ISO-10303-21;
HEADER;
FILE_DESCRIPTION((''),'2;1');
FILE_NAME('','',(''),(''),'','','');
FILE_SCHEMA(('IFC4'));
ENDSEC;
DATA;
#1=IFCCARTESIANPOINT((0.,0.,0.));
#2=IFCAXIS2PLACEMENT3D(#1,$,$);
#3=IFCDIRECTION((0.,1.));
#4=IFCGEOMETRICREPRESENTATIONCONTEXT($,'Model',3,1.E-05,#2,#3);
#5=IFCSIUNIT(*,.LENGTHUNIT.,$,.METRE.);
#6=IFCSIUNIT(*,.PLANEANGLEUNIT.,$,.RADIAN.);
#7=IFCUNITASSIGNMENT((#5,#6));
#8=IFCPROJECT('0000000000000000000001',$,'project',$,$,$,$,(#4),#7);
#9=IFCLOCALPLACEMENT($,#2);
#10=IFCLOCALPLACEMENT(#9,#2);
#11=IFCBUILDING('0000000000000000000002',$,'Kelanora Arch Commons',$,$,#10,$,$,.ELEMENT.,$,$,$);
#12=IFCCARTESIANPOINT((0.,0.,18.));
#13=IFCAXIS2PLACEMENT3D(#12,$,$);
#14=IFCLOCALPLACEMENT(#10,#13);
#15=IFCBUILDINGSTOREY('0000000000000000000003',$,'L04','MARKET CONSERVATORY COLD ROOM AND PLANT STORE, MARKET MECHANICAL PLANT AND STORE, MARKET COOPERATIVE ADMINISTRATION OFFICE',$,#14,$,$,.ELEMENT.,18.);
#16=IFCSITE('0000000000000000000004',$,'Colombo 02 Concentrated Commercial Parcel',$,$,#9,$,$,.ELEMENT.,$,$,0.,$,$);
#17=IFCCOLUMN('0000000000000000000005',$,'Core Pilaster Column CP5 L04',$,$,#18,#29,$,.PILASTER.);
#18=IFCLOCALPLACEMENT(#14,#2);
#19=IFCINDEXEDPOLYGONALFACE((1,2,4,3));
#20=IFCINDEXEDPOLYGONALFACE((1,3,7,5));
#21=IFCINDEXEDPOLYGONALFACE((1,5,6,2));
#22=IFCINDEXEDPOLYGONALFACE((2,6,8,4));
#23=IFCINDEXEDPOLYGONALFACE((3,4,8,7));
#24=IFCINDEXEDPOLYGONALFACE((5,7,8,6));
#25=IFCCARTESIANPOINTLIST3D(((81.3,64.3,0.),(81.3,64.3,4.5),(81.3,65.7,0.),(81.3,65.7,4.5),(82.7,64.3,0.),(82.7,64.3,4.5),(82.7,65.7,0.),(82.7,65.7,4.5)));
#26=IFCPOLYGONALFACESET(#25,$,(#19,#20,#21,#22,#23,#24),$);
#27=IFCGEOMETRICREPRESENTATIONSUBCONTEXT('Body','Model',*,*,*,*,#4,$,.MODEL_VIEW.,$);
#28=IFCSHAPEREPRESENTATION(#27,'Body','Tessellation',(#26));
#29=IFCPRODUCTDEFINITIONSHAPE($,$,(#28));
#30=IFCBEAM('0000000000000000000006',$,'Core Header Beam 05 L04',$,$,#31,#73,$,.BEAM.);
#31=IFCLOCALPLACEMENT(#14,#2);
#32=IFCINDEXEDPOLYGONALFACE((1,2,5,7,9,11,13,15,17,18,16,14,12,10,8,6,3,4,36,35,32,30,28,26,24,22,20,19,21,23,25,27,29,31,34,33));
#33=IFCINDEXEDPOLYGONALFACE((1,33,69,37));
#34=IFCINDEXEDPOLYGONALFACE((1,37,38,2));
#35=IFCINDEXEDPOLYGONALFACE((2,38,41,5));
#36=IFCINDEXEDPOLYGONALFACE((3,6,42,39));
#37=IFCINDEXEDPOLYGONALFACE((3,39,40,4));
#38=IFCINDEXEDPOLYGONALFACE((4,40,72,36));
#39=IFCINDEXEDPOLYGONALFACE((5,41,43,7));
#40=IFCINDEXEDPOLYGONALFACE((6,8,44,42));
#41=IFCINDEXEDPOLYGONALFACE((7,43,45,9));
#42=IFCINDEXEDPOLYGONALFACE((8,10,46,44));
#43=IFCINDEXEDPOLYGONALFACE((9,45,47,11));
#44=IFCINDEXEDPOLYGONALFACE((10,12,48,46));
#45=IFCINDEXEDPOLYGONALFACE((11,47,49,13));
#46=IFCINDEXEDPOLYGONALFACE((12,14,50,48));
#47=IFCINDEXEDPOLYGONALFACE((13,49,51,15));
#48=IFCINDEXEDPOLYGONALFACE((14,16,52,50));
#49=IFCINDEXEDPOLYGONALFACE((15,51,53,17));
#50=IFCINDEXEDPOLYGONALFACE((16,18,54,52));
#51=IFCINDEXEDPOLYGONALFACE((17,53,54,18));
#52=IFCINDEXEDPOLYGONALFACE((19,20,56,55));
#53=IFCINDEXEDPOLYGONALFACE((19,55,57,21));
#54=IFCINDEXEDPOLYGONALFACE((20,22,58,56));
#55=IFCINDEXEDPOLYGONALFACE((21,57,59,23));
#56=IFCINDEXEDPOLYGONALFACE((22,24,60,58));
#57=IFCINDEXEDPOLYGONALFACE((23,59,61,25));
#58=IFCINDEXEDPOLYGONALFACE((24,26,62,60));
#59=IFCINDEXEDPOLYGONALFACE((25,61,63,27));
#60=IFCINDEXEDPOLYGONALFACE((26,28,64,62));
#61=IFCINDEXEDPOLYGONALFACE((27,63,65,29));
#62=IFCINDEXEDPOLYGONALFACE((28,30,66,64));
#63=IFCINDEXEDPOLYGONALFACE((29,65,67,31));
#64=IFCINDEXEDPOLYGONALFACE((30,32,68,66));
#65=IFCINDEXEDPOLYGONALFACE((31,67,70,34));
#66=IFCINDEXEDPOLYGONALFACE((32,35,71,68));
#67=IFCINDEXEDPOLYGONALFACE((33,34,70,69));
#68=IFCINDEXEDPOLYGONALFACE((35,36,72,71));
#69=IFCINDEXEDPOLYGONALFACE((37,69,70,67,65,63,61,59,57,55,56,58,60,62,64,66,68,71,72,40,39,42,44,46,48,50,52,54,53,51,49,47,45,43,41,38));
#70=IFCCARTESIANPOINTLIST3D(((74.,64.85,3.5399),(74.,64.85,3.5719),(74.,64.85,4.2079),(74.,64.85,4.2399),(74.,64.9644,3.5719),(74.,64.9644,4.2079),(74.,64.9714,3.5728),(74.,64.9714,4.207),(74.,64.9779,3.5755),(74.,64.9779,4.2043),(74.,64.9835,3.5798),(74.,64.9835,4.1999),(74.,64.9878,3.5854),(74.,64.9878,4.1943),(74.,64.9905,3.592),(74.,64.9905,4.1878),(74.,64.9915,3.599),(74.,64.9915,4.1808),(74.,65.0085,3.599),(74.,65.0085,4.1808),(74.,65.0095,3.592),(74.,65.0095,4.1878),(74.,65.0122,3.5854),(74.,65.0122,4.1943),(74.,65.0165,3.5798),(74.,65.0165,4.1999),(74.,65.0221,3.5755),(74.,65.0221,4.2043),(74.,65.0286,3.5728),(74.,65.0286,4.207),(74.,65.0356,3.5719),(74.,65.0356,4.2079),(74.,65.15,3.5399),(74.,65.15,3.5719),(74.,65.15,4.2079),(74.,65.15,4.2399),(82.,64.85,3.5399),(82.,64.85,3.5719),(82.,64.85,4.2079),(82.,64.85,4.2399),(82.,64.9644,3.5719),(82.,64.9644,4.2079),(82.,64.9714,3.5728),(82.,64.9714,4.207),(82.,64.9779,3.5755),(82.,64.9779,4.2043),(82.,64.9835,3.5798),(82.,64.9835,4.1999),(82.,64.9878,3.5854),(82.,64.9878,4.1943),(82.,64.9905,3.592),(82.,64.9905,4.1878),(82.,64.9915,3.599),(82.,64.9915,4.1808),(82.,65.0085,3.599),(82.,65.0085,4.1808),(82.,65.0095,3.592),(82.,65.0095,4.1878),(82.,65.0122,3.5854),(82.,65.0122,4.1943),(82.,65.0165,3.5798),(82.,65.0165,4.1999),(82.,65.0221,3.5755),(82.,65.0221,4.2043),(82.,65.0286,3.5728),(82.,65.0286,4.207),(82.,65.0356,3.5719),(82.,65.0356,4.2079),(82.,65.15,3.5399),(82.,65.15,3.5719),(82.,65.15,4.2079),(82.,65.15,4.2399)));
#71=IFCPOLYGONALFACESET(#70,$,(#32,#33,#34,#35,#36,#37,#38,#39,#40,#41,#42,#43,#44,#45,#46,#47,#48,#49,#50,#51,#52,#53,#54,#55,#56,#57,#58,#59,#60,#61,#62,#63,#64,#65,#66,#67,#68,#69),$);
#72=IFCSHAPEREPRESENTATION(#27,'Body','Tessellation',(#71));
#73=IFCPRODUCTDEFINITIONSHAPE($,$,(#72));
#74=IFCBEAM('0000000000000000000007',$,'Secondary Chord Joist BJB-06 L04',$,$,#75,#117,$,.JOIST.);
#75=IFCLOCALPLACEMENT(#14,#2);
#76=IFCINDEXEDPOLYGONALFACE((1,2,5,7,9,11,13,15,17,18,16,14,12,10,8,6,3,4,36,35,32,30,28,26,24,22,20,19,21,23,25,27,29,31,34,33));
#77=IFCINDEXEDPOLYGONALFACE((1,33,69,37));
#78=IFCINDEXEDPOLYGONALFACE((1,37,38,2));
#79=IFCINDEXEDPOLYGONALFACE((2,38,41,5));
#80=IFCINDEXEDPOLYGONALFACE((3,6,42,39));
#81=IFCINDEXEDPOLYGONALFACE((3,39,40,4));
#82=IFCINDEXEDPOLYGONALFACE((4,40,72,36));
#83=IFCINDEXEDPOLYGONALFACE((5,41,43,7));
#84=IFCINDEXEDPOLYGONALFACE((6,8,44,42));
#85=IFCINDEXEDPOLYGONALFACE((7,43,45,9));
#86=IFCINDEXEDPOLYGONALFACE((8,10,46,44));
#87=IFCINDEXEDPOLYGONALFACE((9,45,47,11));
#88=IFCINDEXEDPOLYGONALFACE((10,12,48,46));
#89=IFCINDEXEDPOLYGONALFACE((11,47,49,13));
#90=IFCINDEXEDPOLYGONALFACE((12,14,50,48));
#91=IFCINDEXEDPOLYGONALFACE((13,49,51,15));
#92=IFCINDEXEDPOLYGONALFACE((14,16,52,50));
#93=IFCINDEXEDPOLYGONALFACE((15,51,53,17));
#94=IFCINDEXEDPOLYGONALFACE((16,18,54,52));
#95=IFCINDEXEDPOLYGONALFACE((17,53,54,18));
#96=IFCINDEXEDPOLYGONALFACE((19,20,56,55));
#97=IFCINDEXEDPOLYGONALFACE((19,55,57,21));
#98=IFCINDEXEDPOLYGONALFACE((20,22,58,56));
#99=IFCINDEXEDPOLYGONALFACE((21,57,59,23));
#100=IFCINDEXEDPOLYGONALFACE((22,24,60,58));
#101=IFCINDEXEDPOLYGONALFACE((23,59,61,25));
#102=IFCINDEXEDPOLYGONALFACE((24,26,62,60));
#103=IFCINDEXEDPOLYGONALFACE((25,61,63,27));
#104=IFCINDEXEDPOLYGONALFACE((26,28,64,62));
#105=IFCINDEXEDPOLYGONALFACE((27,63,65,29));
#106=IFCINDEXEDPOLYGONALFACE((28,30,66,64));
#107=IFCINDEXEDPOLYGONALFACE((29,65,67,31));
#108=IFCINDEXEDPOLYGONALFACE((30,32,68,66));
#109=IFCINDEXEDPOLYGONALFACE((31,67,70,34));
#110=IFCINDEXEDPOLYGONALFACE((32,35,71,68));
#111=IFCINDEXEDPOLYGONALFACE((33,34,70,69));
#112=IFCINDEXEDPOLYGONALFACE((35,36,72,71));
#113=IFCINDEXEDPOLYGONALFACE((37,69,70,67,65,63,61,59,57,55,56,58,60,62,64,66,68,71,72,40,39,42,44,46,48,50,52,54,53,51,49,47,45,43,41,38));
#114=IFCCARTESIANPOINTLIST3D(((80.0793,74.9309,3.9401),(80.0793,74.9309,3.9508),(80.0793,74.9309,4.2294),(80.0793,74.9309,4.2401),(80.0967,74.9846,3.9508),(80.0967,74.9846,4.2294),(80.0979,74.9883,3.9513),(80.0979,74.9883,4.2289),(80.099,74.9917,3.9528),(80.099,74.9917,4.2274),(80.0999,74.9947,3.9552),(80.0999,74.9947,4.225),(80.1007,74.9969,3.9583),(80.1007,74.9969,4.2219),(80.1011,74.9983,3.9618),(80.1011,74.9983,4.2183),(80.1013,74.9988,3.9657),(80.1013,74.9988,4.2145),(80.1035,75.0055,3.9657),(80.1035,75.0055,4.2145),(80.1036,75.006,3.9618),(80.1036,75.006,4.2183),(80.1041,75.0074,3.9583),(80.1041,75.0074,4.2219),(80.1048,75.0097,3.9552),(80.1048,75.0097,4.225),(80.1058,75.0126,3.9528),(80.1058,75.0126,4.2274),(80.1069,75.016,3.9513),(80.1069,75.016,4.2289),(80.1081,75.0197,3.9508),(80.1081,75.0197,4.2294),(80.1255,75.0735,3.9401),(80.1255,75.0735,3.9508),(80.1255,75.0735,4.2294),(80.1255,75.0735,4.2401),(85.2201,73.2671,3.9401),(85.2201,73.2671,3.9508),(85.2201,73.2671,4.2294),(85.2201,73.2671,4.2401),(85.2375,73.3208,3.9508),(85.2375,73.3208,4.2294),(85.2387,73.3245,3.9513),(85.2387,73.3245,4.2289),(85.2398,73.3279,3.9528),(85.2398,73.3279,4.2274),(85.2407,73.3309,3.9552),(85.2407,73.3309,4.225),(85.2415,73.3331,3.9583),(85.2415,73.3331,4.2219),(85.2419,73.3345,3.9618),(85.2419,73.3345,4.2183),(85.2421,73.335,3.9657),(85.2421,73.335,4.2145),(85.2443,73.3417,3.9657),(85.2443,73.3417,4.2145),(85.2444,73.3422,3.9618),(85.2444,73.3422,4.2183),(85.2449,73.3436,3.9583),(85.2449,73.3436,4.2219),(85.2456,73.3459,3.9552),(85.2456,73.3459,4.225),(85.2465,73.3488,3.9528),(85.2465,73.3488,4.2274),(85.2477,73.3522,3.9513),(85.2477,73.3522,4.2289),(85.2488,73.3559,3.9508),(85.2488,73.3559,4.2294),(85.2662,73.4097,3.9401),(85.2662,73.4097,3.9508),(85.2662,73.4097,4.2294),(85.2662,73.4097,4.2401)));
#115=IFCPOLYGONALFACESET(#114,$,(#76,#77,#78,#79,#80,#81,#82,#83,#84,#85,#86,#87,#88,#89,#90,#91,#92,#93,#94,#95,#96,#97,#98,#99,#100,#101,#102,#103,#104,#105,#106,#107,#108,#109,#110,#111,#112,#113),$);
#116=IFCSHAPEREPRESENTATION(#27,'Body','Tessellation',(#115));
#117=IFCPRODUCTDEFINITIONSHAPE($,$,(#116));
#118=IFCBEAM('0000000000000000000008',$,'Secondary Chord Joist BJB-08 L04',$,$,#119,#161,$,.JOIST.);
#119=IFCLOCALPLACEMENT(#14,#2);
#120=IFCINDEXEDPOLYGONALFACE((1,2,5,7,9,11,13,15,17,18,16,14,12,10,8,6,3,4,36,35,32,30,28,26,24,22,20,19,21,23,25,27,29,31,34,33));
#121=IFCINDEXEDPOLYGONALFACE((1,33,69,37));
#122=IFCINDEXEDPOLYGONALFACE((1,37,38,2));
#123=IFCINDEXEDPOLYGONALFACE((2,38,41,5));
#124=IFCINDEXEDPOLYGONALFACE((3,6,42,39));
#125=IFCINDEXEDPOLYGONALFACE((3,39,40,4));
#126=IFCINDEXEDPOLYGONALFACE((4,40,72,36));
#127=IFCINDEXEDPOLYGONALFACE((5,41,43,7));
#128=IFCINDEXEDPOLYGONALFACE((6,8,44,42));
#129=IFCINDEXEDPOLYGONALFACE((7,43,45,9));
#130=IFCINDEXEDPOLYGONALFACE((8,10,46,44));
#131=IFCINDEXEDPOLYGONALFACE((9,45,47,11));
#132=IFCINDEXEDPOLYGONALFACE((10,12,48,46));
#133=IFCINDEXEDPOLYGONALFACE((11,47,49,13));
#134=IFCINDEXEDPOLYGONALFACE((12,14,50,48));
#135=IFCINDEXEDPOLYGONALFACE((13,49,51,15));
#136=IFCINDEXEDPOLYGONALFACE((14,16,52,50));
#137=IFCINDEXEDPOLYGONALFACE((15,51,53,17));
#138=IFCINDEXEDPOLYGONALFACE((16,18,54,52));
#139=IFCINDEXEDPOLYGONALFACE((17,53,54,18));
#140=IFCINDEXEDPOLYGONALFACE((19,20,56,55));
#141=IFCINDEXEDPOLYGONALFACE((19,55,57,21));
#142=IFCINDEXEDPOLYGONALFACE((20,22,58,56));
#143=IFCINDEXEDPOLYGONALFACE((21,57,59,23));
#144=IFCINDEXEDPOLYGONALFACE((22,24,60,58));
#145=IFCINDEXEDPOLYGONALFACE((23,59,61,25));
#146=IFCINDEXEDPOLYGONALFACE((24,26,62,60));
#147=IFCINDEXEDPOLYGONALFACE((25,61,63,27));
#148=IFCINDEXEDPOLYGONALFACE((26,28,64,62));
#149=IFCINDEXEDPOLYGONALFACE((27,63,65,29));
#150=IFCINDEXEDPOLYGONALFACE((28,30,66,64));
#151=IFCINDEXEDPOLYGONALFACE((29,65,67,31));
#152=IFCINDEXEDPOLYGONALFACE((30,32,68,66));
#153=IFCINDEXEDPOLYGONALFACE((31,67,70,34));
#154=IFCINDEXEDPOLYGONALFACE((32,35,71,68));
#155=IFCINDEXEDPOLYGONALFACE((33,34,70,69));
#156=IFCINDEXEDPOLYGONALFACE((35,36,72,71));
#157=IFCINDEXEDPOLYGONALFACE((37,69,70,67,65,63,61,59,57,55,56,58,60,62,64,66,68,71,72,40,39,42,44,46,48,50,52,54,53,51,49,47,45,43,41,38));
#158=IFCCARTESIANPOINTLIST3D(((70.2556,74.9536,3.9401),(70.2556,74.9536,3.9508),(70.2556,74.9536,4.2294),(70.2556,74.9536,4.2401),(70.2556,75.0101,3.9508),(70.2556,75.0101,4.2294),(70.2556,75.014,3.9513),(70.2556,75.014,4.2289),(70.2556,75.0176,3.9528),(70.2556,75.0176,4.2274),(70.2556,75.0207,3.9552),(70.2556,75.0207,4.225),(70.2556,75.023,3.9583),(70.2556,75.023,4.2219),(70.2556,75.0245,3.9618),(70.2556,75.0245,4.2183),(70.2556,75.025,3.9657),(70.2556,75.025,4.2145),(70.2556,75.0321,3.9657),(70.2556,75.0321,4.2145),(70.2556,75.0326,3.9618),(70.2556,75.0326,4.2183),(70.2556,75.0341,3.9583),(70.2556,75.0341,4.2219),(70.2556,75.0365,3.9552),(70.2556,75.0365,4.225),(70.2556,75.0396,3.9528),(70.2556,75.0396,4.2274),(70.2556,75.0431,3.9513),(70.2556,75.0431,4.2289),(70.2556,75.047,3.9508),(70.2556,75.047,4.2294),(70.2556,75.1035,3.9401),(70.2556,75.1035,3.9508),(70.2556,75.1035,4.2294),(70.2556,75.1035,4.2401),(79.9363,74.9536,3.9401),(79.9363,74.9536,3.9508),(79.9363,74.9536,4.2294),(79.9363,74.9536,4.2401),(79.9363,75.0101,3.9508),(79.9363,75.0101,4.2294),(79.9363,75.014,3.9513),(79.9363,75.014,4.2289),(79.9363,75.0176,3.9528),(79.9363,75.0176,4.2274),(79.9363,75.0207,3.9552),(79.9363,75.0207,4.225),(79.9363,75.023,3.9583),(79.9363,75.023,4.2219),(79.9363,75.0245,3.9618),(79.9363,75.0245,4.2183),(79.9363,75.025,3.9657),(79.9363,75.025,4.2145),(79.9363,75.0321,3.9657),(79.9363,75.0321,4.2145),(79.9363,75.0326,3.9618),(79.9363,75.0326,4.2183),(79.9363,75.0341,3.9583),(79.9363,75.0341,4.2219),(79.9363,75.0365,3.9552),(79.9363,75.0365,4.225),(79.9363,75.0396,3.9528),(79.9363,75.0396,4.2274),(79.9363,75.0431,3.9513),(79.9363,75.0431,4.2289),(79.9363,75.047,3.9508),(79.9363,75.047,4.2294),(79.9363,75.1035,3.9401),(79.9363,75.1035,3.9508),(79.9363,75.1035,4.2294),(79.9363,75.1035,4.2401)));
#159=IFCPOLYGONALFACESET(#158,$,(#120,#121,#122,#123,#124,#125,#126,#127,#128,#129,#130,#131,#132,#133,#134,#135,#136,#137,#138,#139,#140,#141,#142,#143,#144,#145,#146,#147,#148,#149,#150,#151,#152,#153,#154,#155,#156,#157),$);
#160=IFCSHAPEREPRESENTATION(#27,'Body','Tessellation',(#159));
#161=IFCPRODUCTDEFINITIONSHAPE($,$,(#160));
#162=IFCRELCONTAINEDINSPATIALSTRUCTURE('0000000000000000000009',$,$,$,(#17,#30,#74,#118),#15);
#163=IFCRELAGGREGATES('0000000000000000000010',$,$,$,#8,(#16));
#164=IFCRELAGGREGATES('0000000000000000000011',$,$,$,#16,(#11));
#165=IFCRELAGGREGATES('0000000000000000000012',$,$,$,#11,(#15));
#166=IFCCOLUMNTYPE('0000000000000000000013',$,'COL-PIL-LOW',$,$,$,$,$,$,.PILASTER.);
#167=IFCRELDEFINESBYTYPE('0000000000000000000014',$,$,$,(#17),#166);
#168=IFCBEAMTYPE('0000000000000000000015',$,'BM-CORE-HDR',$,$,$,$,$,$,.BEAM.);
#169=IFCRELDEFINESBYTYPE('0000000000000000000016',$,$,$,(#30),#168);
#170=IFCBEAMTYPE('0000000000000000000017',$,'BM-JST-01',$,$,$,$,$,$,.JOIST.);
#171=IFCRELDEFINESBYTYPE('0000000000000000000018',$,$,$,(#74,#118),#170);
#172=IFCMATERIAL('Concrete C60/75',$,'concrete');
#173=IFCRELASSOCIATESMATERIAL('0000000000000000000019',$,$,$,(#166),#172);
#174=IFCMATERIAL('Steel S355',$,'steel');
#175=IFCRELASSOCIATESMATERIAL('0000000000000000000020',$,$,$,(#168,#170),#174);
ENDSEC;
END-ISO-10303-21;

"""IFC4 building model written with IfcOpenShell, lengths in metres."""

from ifc_helpers import new_model, si_unit, direction, frame, origin, origin_2d, place, context, subcontext, project, spatial, rectangle, i_section, extrude, material, material_profile, profile_set, type_object, element, save


model = new_model("IFC4")

# Units and contexts
model_context = context("Model", 3, precision=1e-05, world=origin(), true_north=direction((0.0, 1.0)))
body_context = subcontext(model_context, "Body", "Model", "MODEL_VIEW")
ifc_project = project(units=[si_unit("LENGTHUNIT", "METRE"), si_unit("PLANEANGLEUNIT", "RADIAN")], contexts=[model_context])

# Site, building, storey
site_placement = place(None, origin())
site = spatial("IfcSite", under=ifc_project, at=site_placement, Name="Colombo 02 Concentrated Commercial Parcel", CompositionType="ELEMENT", RefElevation=0.0)
building_placement = place(site_placement, origin())
building = spatial("IfcBuilding", under=site, at=building_placement, Name="Kelanora Arch Commons", CompositionType="ELEMENT")
storey_placement = place(building_placement, frame((0.0, 0.0, 18.0)))
storey = spatial("IfcBuildingStorey", under=building, at=storey_placement, Name="L04", Description="MARKET CONSERVATORY COLD ROOM AND PLANT STORE, MARKET MECHANICAL PLANT AND STORE, MARKET COOPERATIVE ADMINISTRATION OFFICE", CompositionType="ELEMENT", Elevation=18.0)

# Column
ifc_material_1 = material(Name="Concrete C60/75", Category="concrete")
ifc_material_profile_1 = material_profile(ifc_material_1, rectangle(XDim=1.3999, YDim=1.3999, at=origin_2d()), Name="RC1400x1400")
ifc_profile_set_1 = profile_set([ifc_material_profile_1], Name="Concrete C60/75")
column_type = type_object("IfcColumnType", Name="COL-PIL-LOW", PredefinedType="PILASTER", material=ifc_profile_set_1)
column_placement = place(storey_placement, frame((82.0, 65.0, 0.0), z_axis=(0.0, 0.0, 1.0), x_axis=(1.0, 0.0, 0.0)))
element("IfcColumn", 1, at=column_placement, inside=storey, type_object=column_type, Name="Core Pilaster Column CP5 L04", PredefinedType="PILASTER", context=body_context, shape_type="SweptSolid", body=[
    extrude(rectangle(XDim=1.3999, YDim=1.3999, at=origin_2d()), origin(), (0.0, 0.0, 1.0), 4.5),
])

# Beams
ifc_material_2 = material(Name="Steel S355", Category="steel")
ifc_material_profile_2 = material_profile(ifc_material_2, i_section(OverallWidth=0.3, OverallDepth=0.7, WebThickness=0.0171, FlangeThickness=0.032, FilletRadius=0.0271, at=origin_2d()), Name="HEB700")
ifc_profile_set_2 = profile_set([ifc_material_profile_2], Name="Steel S355")
beam_type_1 = type_object("IfcBeamType", Name="BM-CORE-HDR", PredefinedType="BEAM", material=ifc_profile_set_2)
beam_1_placement = place(storey_placement, frame((82.0, 65.0, 3.8899), z_axis=(-1.0, 0.0, 0.0), x_axis=(0.0, -1.0, 0.0)))
element("IfcBeam", 2, at=beam_1_placement, inside=storey, type_object=beam_type_1, Name="Core Header Beam 05 L04", PredefinedType="BEAM", context=body_context, shape_type="SweptSolid", body=[
    extrude(i_section(OverallWidth=0.3, OverallDepth=0.7, WebThickness=0.0171, FlangeThickness=0.032, FilletRadius=0.0271, at=origin_2d()), origin(), (0.0, 0.0, 1.0), 8.0),
])
ifc_material_profile_3 = material_profile(ifc_material_2, i_section(OverallWidth=0.1499, OverallDepth=0.3, WebThickness=0.0071, FlangeThickness=0.0107, FilletRadius=0.0149, at=origin_2d()), Name="IPE300")
ifc_profile_set_3 = profile_set([ifc_material_profile_3], Name="Steel S355")
beam_type_2 = type_object("IfcBeamType", Name="BM-JST-01", PredefinedType="JOIST", material=ifc_profile_set_3)
beam_2_placement = place(storey_placement, frame((85.2432, 73.3384, 4.0901), z_axis=(-0.951412, 0.30792, 0.0), x_axis=(-0.30792, -0.951412, 0.0)))
element("IfcBeam", 3, at=beam_2_placement, inside=storey, type_object=beam_type_2, Name="Secondary Chord Joist BJB-06 L04", PredefinedType="JOIST", context=body_context, shape_type="SweptSolid", body=[
    extrude(i_section(OverallWidth=0.1499, OverallDepth=0.3, WebThickness=0.0071, FlangeThickness=0.0107, FilletRadius=0.0149, at=origin_2d()), origin(), (0.0, 0.0, 1.0), 5.4033),
])
beam_3_placement = place(storey_placement, frame((79.9363, 75.0286, 4.0901), z_axis=(-1.0, 0.0, 0.0), x_axis=(0.0, -1.0, 0.0)))
element("IfcBeam", 4, at=beam_3_placement, inside=storey, type_object=beam_type_2, Name="Secondary Chord Joist BJB-08 L04", PredefinedType="JOIST", context=body_context, shape_type="SweptSolid", body=[
    extrude(i_section(OverallWidth=0.1499, OverallDepth=0.3, WebThickness=0.0071, FlangeThickness=0.0107, FilletRadius=0.0149, at=origin_2d()), origin(), (0.0, 0.0, 1.0), 9.6807),
])

save(model, "model.ifc")
